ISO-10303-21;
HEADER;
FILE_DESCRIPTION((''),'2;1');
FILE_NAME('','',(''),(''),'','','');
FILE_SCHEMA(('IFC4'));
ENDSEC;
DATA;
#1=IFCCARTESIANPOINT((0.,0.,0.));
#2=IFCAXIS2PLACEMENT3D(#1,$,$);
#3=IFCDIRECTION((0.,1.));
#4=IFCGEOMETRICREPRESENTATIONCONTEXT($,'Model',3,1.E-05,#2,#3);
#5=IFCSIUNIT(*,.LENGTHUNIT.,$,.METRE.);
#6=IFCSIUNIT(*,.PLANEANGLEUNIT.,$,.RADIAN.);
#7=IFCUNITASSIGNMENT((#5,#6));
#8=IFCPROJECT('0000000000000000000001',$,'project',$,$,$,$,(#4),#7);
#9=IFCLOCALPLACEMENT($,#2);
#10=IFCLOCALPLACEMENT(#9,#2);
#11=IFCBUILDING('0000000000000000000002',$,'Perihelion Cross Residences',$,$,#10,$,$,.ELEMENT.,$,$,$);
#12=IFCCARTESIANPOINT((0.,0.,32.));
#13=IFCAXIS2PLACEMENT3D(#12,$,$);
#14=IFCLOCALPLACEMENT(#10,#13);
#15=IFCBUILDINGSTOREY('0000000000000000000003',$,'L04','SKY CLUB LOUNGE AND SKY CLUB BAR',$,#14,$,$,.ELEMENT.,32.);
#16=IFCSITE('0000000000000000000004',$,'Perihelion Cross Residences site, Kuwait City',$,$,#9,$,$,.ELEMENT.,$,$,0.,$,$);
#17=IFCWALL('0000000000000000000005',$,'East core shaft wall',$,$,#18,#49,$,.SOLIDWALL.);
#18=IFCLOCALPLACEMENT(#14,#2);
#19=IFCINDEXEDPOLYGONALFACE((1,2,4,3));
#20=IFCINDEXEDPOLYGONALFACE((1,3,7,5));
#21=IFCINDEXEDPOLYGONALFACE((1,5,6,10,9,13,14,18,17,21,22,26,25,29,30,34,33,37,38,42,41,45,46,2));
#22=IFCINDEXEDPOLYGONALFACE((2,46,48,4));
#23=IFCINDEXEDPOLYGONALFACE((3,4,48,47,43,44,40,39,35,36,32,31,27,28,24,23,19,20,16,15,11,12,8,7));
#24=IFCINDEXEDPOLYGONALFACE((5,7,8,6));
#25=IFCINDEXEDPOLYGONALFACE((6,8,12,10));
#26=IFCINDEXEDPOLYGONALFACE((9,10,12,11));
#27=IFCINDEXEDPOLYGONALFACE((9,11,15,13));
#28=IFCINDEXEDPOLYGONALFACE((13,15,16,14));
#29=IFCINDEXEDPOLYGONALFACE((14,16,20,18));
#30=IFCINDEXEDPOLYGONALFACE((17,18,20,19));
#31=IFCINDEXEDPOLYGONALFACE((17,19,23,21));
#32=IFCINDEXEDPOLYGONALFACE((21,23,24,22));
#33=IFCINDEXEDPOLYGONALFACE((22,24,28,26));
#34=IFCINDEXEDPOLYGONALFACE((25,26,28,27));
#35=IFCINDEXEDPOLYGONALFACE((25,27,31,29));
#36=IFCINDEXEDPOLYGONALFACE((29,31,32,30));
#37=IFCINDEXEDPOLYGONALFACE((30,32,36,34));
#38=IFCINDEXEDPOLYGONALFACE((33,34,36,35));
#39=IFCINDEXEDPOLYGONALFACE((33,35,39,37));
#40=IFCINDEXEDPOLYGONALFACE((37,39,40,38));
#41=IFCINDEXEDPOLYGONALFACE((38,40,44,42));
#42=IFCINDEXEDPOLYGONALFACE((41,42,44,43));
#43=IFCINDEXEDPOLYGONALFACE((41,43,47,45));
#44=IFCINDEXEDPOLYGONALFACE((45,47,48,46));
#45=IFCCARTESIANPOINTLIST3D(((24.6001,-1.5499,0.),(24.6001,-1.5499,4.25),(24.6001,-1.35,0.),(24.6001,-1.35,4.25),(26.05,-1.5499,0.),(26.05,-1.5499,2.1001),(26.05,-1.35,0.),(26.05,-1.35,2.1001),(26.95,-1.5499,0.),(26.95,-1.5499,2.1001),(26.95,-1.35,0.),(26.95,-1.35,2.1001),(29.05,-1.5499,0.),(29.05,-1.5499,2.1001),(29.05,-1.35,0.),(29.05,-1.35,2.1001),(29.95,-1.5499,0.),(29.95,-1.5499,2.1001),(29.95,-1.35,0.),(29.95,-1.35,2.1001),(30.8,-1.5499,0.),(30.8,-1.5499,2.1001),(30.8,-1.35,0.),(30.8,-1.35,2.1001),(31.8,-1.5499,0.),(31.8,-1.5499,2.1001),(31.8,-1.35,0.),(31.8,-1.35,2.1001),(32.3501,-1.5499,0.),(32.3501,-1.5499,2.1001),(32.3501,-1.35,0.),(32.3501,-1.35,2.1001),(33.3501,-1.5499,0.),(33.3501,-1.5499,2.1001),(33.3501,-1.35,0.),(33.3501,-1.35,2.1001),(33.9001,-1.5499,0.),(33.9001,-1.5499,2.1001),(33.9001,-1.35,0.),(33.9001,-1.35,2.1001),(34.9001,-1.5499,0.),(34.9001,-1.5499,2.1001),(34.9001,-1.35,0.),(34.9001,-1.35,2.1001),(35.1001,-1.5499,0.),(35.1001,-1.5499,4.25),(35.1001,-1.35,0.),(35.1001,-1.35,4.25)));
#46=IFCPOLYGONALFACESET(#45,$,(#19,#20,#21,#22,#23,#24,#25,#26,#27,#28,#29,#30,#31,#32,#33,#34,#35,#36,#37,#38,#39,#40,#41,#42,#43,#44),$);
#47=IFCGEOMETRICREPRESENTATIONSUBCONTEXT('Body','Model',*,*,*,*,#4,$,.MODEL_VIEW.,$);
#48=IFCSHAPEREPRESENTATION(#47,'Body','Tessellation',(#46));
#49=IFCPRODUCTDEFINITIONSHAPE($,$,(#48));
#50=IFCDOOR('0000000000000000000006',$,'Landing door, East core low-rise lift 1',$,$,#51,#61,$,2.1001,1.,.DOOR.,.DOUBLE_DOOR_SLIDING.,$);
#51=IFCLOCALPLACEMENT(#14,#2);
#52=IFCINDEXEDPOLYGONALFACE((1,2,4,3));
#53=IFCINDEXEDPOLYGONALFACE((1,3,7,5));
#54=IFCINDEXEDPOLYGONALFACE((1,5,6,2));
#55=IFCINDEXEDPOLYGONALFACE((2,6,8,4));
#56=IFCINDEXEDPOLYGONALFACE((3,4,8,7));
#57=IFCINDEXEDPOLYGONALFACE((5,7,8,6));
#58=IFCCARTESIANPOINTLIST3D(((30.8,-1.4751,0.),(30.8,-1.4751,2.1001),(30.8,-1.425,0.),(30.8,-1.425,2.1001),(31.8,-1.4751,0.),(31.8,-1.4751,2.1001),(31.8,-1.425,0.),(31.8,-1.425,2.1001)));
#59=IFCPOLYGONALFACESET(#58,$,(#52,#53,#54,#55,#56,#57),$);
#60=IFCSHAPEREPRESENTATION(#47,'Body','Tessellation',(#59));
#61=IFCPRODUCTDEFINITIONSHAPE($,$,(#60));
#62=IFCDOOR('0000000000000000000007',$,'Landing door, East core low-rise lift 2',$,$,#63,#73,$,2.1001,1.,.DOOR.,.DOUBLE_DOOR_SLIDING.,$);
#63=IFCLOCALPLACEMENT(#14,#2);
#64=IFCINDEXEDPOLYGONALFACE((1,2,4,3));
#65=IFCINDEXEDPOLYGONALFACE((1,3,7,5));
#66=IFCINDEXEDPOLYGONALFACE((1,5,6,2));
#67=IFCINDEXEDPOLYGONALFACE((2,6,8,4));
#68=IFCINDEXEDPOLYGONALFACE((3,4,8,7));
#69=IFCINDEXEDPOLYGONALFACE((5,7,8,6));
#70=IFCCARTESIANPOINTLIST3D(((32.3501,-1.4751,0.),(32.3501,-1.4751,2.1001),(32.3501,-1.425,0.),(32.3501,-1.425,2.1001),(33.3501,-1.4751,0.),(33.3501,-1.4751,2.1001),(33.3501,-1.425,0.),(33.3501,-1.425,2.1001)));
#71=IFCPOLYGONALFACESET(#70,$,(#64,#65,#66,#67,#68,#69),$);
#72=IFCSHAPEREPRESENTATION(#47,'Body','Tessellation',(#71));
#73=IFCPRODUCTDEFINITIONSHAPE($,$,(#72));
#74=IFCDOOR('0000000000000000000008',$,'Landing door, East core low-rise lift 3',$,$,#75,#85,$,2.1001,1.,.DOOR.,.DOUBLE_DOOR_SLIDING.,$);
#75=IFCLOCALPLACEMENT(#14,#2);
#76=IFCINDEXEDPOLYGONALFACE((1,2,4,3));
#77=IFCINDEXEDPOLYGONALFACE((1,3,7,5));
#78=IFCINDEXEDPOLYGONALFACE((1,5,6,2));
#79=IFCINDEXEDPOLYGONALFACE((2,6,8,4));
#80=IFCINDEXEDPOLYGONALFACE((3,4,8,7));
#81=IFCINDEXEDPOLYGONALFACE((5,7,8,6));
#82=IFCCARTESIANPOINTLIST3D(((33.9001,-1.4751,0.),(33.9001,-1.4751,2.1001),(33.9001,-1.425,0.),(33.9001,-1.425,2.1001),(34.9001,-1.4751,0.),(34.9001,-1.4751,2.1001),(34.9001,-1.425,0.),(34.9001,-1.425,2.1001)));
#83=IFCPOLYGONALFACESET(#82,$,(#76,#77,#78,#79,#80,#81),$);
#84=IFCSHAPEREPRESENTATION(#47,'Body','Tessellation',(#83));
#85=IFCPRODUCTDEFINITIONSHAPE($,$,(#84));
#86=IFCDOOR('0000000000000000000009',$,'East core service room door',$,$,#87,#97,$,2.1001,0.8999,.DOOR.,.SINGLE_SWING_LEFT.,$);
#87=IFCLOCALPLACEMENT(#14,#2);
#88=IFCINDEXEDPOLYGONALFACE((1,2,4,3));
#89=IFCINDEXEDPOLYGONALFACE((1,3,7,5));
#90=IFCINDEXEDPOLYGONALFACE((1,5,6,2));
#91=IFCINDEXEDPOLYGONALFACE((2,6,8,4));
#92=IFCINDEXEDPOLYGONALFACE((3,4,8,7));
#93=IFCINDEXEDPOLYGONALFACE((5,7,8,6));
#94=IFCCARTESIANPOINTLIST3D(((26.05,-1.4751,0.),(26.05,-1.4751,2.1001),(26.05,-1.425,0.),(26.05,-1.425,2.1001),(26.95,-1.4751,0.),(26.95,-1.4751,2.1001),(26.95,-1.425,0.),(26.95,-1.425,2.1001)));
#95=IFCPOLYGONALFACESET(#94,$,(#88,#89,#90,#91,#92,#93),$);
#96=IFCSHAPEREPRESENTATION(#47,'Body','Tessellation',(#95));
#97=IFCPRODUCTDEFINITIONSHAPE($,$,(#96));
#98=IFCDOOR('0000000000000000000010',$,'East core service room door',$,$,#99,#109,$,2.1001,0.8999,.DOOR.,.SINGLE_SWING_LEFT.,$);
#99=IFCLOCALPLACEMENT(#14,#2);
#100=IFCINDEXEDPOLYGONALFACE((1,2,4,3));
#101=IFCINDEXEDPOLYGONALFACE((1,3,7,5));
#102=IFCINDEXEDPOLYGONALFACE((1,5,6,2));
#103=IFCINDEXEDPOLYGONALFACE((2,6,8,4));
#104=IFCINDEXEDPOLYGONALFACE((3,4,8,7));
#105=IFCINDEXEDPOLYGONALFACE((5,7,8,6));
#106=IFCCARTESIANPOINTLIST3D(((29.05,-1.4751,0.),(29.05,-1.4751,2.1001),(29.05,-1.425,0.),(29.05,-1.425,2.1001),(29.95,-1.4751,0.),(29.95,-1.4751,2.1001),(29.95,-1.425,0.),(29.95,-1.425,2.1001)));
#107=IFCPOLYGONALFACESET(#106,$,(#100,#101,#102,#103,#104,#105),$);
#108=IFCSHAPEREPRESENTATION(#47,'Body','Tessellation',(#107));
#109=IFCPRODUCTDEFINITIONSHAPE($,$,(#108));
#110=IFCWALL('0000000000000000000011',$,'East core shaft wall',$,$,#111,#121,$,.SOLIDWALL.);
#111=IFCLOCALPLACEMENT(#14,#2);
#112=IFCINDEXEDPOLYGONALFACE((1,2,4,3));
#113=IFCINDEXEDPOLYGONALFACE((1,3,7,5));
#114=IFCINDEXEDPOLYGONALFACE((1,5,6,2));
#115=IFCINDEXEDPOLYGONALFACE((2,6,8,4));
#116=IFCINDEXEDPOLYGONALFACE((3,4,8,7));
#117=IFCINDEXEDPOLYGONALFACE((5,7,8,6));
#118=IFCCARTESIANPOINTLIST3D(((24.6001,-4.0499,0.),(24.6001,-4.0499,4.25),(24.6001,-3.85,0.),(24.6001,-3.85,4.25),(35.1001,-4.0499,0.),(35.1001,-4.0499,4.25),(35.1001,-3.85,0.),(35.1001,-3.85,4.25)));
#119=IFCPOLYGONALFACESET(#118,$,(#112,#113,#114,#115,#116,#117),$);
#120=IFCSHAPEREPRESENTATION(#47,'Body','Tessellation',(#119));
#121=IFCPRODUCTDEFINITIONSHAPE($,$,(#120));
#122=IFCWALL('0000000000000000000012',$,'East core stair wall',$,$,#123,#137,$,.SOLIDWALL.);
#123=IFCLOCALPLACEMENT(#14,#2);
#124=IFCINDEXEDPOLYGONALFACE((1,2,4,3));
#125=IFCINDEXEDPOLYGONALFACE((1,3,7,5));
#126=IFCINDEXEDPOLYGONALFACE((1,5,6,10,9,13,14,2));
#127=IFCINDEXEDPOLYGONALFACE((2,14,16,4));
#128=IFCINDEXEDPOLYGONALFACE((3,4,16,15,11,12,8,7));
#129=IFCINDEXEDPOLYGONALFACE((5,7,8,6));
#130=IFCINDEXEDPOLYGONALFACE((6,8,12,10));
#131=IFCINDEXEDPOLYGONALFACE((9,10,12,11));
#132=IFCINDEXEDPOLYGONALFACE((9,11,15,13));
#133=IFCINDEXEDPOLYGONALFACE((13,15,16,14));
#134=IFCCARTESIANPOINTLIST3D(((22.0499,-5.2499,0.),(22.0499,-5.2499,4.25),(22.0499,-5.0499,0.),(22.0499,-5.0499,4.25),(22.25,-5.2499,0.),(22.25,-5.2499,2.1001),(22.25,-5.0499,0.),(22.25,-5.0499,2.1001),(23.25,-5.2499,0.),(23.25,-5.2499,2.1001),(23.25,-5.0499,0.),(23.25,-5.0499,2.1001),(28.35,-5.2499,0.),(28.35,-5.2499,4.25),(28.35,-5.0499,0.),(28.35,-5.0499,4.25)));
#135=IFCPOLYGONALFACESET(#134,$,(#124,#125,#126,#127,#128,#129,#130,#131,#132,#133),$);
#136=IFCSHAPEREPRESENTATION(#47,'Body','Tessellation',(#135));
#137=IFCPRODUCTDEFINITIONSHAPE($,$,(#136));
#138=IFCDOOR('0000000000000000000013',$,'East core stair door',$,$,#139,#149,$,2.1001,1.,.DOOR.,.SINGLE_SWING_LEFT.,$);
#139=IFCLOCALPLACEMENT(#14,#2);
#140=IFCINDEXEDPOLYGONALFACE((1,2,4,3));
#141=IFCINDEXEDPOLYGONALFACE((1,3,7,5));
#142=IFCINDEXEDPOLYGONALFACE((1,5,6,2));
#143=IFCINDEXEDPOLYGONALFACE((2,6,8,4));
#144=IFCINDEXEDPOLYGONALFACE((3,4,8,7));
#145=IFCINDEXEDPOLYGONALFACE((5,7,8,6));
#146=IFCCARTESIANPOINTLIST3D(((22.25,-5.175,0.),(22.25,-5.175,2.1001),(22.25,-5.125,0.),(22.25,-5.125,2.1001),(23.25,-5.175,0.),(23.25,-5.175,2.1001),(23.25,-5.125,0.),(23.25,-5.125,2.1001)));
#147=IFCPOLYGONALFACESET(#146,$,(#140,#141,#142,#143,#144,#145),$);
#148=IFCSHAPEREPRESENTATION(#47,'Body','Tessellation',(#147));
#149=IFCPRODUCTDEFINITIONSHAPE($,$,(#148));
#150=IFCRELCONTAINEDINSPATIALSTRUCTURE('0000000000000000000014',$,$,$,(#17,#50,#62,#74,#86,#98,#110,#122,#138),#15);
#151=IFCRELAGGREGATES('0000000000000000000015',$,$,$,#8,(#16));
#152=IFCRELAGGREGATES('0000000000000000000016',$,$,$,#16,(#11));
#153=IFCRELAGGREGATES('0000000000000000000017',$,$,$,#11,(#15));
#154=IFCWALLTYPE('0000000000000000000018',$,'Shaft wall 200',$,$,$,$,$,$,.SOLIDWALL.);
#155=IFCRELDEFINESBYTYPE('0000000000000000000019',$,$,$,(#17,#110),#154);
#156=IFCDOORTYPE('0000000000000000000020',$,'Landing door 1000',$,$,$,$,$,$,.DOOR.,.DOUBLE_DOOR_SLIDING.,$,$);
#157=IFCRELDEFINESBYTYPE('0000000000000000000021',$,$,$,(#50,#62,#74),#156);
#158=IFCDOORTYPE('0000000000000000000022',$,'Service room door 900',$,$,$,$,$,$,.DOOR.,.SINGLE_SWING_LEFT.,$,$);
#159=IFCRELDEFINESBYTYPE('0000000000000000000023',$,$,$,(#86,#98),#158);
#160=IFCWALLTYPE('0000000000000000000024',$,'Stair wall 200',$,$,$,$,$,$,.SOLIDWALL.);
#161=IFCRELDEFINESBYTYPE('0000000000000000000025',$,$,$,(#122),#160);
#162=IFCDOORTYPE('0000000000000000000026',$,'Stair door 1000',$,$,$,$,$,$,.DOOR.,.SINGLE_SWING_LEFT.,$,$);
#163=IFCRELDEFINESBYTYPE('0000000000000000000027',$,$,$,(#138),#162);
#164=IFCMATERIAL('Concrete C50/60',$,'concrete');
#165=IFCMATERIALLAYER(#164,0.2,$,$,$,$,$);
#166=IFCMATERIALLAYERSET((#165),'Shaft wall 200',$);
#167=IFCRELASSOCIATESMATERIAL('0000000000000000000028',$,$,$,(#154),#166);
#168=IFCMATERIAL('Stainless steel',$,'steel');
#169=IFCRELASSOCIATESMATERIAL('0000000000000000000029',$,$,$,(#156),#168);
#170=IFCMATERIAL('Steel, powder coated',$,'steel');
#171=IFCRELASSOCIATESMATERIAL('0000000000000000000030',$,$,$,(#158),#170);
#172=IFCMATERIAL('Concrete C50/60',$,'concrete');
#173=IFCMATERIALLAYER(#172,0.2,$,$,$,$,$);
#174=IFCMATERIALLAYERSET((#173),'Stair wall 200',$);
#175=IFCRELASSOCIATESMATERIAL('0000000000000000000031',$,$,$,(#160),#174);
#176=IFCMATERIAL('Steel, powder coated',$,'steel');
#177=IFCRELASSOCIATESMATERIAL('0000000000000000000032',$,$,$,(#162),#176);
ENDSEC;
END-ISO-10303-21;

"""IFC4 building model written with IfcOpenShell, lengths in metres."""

from ifc_helpers import new_model, si_unit, direction, frame, frame_2d, origin, place, context, subcontext, project, spatial, rectangle, extrude, material, layer, layer_set, type_object, element, fill, save


model = new_model("IFC4")

# Units and contexts
model_context = context("Model", 3, precision=1e-05, world=origin(), true_north=direction((0.0, 1.0)))
body_context = subcontext(model_context, "Body", "Model", "MODEL_VIEW")
ifc_project = project(units=[si_unit("LENGTHUNIT", "METRE"), si_unit("PLANEANGLEUNIT", "RADIAN")], contexts=[model_context])

# Site, building, storey
site_placement = place(None, origin())
site = spatial("IfcSite", under=ifc_project, at=site_placement, Name="Perihelion Cross Residences site, Kuwait City", CompositionType="ELEMENT", RefElevation=0.0)
building_placement = place(site_placement, origin())
building = spatial("IfcBuilding", under=site, at=building_placement, Name="Perihelion Cross Residences", CompositionType="ELEMENT")
storey_placement = place(building_placement, frame((0.0, 0.0, 32.0)))
storey = spatial("IfcBuildingStorey", under=building, at=storey_placement, Name="L04", Description="SKY CLUB LOUNGE AND SKY CLUB BAR", CompositionType="ELEMENT", Elevation=32.0)

# Wall, openings, doors
ifc_material_1 = material(Name="Concrete C50/60", Category="concrete")
ifc_layer_1 = layer(ifc_material_1, 0.2)
ifc_layer_set_1 = layer_set([ifc_layer_1], Name="Shaft wall 200")
wall_type_1 = type_object("IfcWallType", Name="Shaft wall 200", PredefinedType="SOLIDWALL", material=ifc_layer_set_1)
wall_1_placement = place(storey_placement, frame((24.6001, -1.45, 0.0), z_axis=(0.0, 0.0, 1.0), x_axis=(1.0, 0.0, 0.0)))
wall_1 = element("IfcWall", 1, at=wall_1_placement, inside=storey, type_object=wall_type_1, Name="East core shaft wall", PredefinedType="SOLIDWALL", context=body_context, shape_type="SweptSolid", body=[
    extrude(rectangle(XDim=10.5, YDim=0.2, at=frame_2d((5.25, 0.0))), origin(), (0.0, 0.0, 1.0), 4.25),
])
opening_1_placement = place(wall_1_placement, frame((6.2, 0.0, 0.0)))
opening_1 = element("IfcOpeningElement", 2, at=opening_1_placement, cuts=wall_1, PredefinedType="OPENING", context=body_context, shape_type="SweptSolid", body=[
    extrude(rectangle(XDim=1.0, YDim=2.1001, at=frame_2d((0.5, 1.05))), frame((0.0, 0.1099, 0.0), z_axis=(0.0, -1.0, 0.0), x_axis=(1.0, 0.0, 0.0)), (0.0, 0.0, 1.0), 0.22),
])
opening_2_placement = place(wall_1_placement, frame((7.75, 0.0, 0.0)))
opening_2 = element("IfcOpeningElement", 3, at=opening_2_placement, cuts=wall_1, PredefinedType="OPENING", context=body_context, shape_type="SweptSolid", body=[
    extrude(rectangle(XDim=1.0, YDim=2.1001, at=frame_2d((0.5, 1.05))), frame((0.0, 0.1099, 0.0), z_axis=(0.0, -1.0, 0.0), x_axis=(1.0, 0.0, 0.0)), (0.0, 0.0, 1.0), 0.22),
])
opening_3_placement = place(wall_1_placement, frame((9.3, 0.0, 0.0)))
opening_3 = element("IfcOpeningElement", 4, at=opening_3_placement, cuts=wall_1, PredefinedType="OPENING", context=body_context, shape_type="SweptSolid", body=[
    extrude(rectangle(XDim=1.0, YDim=2.1001, at=frame_2d((0.5, 1.05))), frame((0.0, 0.1099, 0.0), z_axis=(0.0, -1.0, 0.0), x_axis=(1.0, 0.0, 0.0)), (0.0, 0.0, 1.0), 0.22),
])
opening_4_placement = place(wall_1_placement, frame((1.45, 0.0, 0.0)))
opening_4 = element("IfcOpeningElement", 5, at=opening_4_placement, cuts=wall_1, PredefinedType="OPENING", context=body_context, shape_type="SweptSolid", body=[
    extrude(rectangle(XDim=0.8999, YDim=2.1001, at=frame_2d((0.45, 1.05))), frame((0.0, 0.1099, 0.0), z_axis=(0.0, -1.0, 0.0), x_axis=(1.0, 0.0, 0.0)), (0.0, 0.0, 1.0), 0.22),
])
opening_5_placement = place(wall_1_placement, frame((4.45, 0.0, 0.0)))
opening_5 = element("IfcOpeningElement", 6, at=opening_5_placement, cuts=wall_1, PredefinedType="OPENING", context=body_context, shape_type="SweptSolid", body=[
    extrude(rectangle(XDim=0.8999, YDim=2.1001, at=frame_2d((0.45, 1.05))), frame((0.0, 0.1099, 0.0), z_axis=(0.0, -1.0, 0.0), x_axis=(1.0, 0.0, 0.0)), (0.0, 0.0, 1.0), 0.22),
])
ifc_material_2 = material(Name="Stainless steel", Category="steel")
door_type_1 = type_object("IfcDoorType", Name="Landing door 1000", OperationType="DOUBLE_DOOR_SLIDING", PredefinedType="DOOR", material=ifc_material_2)
door_1_placement = place(opening_1_placement, origin())
door_1 = element("IfcDoor", 7, at=door_1_placement, inside=storey, type_object=door_type_1, Name="Landing door, East core low-rise lift 1", OperationType="DOUBLE_DOOR_SLIDING", OverallHeight=2.1001, OverallWidth=1.0, PredefinedType="DOOR", context=body_context, shape_type="SweptSolid", body=[
    extrude(rectangle(XDim=1.0, YDim=2.1001, at=frame_2d((0.5, 1.05))), frame((0.0, 0.0249, 0.0), z_axis=(0.0, -1.0, 0.0), x_axis=(1.0, 0.0, 0.0)), (0.0, 0.0, 1.0), 0.05),
])
fill(opening_1, door_1)
door_2_placement = place(opening_2_placement, origin())
door_2 = element("IfcDoor", 8, at=door_2_placement, inside=storey, type_object=door_type_1, Name="Landing door, East core low-rise lift 2", OperationType="DOUBLE_DOOR_SLIDING", OverallHeight=2.1001, OverallWidth=1.0, PredefinedType="DOOR", context=body_context, shape_type="SweptSolid", body=[
    extrude(rectangle(XDim=1.0, YDim=2.1001, at=frame_2d((0.5, 1.05))), frame((0.0, 0.0249, 0.0), z_axis=(0.0, -1.0, 0.0), x_axis=(1.0, 0.0, 0.0)), (0.0, 0.0, 1.0), 0.05),
])
fill(opening_2, door_2)
door_3_placement = place(opening_3_placement, origin())
door_3 = element("IfcDoor", 9, at=door_3_placement, inside=storey, type_object=door_type_1, Name="Landing door, East core low-rise lift 3", OperationType="DOUBLE_DOOR_SLIDING", OverallHeight=2.1001, OverallWidth=1.0, PredefinedType="DOOR", context=body_context, shape_type="SweptSolid", body=[
    extrude(rectangle(XDim=1.0, YDim=2.1001, at=frame_2d((0.5, 1.05))), frame((0.0, 0.0249, 0.0), z_axis=(0.0, -1.0, 0.0), x_axis=(1.0, 0.0, 0.0)), (0.0, 0.0, 1.0), 0.05),
])
fill(opening_3, door_3)
ifc_material_3 = material(Name="Steel, powder coated", Category="steel")
door_type_2 = type_object("IfcDoorType", Name="Service room door 900", OperationType="SINGLE_SWING_LEFT", PredefinedType="DOOR", material=ifc_material_3)
door_4_placement = place(opening_4_placement, origin())
door_4 = element("IfcDoor", 10, at=door_4_placement, inside=storey, type_object=door_type_2, Name="East core service room door", OperationType="SINGLE_SWING_LEFT", OverallHeight=2.1001, OverallWidth=0.8999, PredefinedType="DOOR", context=body_context, shape_type="SweptSolid", body=[
    extrude(rectangle(XDim=0.8999, YDim=2.1001, at=frame_2d((0.45, 1.05))), frame((0.0, 0.0249, 0.0), z_axis=(0.0, -1.0, 0.0), x_axis=(1.0, 0.0, 0.0)), (0.0, 0.0, 1.0), 0.05),
])
fill(opening_4, door_4)
door_5_placement = place(opening_5_placement, origin())
door_5 = element("IfcDoor", 11, at=door_5_placement, inside=storey, type_object=door_type_2, Name="East core service room door", OperationType="SINGLE_SWING_LEFT", OverallHeight=2.1001, OverallWidth=0.8999, PredefinedType="DOOR", context=body_context, shape_type="SweptSolid", body=[
    extrude(rectangle(XDim=0.8999, YDim=2.1001, at=frame_2d((0.45, 1.05))), frame((0.0, 0.0249, 0.0), z_axis=(0.0, -1.0, 0.0), x_axis=(1.0, 0.0, 0.0)), (0.0, 0.0, 1.0), 0.05),
])
fill(opening_5, door_5)

# Wall
wall_2_placement = place(storey_placement, frame((24.6001, -3.95, 0.0), z_axis=(0.0, 0.0, 1.0), x_axis=(1.0, 0.0, 0.0)))
element("IfcWall", 12, at=wall_2_placement, inside=storey, type_object=wall_type_1, Name="East core shaft wall", PredefinedType="SOLIDWALL", context=body_context, shape_type="SweptSolid", body=[
    extrude(rectangle(XDim=10.5, YDim=0.2, at=frame_2d((5.25, 0.0))), origin(), (0.0, 0.0, 1.0), 4.25),
])

# Wall, opening, door
ifc_material_4 = material(Name="Concrete C50/60", Category="concrete")
ifc_layer_2 = layer(ifc_material_4, 0.2)
ifc_layer_set_2 = layer_set([ifc_layer_2], Name="Stair wall 200")
wall_type_2 = type_object("IfcWallType", Name="Stair wall 200", PredefinedType="SOLIDWALL", material=ifc_layer_set_2)
wall_3_placement = place(storey_placement, frame((22.05, -5.1499, 0.0), z_axis=(0.0, 0.0, 1.0), x_axis=(1.0, 0.0, 0.0)))
wall_3 = element("IfcWall", 13, at=wall_3_placement, inside=storey, type_object=wall_type_2, Name="East core stair wall", PredefinedType="SOLIDWALL", context=body_context, shape_type="SweptSolid", body=[
    extrude(rectangle(XDim=6.3, YDim=0.2, at=frame_2d((3.1499, 0.0))), origin(), (0.0, 0.0, 1.0), 4.25),
])
opening_6_placement = place(wall_3_placement, frame((0.2, 0.0, 0.0)))
opening_6 = element("IfcOpeningElement", 14, at=opening_6_placement, cuts=wall_3, PredefinedType="OPENING", context=body_context, shape_type="SweptSolid", body=[
    extrude(rectangle(XDim=1.0, YDim=2.1001, at=frame_2d((0.5, 1.05))), frame((0.0, 0.1099, 0.0), z_axis=(0.0, -1.0, 0.0), x_axis=(1.0, 0.0, 0.0)), (0.0, 0.0, 1.0), 0.22),
])
ifc_material_5 = material(Name="Steel, powder coated", Category="steel")
door_type_3 = type_object("IfcDoorType", Name="Stair door 1000", OperationType="SINGLE_SWING_LEFT", PredefinedType="DOOR", material=ifc_material_5)
door_6_placement = place(opening_6_placement, origin())
door_6 = element("IfcDoor", 15, at=door_6_placement, inside=storey, type_object=door_type_3, Name="East core stair door", OperationType="SINGLE_SWING_LEFT", OverallHeight=2.1001, OverallWidth=1.0, PredefinedType="DOOR", context=body_context, shape_type="SweptSolid", body=[
    extrude(rectangle(XDim=1.0, YDim=2.1001, at=frame_2d((0.5, 1.05))), frame((0.0, 0.0249, 0.0), z_axis=(0.0, -1.0, 0.0), x_axis=(1.0, 0.0, 0.0)), (0.0, 0.0, 1.0), 0.05),
])
fill(opening_6, door_6)

save(model, "model.ifc")
